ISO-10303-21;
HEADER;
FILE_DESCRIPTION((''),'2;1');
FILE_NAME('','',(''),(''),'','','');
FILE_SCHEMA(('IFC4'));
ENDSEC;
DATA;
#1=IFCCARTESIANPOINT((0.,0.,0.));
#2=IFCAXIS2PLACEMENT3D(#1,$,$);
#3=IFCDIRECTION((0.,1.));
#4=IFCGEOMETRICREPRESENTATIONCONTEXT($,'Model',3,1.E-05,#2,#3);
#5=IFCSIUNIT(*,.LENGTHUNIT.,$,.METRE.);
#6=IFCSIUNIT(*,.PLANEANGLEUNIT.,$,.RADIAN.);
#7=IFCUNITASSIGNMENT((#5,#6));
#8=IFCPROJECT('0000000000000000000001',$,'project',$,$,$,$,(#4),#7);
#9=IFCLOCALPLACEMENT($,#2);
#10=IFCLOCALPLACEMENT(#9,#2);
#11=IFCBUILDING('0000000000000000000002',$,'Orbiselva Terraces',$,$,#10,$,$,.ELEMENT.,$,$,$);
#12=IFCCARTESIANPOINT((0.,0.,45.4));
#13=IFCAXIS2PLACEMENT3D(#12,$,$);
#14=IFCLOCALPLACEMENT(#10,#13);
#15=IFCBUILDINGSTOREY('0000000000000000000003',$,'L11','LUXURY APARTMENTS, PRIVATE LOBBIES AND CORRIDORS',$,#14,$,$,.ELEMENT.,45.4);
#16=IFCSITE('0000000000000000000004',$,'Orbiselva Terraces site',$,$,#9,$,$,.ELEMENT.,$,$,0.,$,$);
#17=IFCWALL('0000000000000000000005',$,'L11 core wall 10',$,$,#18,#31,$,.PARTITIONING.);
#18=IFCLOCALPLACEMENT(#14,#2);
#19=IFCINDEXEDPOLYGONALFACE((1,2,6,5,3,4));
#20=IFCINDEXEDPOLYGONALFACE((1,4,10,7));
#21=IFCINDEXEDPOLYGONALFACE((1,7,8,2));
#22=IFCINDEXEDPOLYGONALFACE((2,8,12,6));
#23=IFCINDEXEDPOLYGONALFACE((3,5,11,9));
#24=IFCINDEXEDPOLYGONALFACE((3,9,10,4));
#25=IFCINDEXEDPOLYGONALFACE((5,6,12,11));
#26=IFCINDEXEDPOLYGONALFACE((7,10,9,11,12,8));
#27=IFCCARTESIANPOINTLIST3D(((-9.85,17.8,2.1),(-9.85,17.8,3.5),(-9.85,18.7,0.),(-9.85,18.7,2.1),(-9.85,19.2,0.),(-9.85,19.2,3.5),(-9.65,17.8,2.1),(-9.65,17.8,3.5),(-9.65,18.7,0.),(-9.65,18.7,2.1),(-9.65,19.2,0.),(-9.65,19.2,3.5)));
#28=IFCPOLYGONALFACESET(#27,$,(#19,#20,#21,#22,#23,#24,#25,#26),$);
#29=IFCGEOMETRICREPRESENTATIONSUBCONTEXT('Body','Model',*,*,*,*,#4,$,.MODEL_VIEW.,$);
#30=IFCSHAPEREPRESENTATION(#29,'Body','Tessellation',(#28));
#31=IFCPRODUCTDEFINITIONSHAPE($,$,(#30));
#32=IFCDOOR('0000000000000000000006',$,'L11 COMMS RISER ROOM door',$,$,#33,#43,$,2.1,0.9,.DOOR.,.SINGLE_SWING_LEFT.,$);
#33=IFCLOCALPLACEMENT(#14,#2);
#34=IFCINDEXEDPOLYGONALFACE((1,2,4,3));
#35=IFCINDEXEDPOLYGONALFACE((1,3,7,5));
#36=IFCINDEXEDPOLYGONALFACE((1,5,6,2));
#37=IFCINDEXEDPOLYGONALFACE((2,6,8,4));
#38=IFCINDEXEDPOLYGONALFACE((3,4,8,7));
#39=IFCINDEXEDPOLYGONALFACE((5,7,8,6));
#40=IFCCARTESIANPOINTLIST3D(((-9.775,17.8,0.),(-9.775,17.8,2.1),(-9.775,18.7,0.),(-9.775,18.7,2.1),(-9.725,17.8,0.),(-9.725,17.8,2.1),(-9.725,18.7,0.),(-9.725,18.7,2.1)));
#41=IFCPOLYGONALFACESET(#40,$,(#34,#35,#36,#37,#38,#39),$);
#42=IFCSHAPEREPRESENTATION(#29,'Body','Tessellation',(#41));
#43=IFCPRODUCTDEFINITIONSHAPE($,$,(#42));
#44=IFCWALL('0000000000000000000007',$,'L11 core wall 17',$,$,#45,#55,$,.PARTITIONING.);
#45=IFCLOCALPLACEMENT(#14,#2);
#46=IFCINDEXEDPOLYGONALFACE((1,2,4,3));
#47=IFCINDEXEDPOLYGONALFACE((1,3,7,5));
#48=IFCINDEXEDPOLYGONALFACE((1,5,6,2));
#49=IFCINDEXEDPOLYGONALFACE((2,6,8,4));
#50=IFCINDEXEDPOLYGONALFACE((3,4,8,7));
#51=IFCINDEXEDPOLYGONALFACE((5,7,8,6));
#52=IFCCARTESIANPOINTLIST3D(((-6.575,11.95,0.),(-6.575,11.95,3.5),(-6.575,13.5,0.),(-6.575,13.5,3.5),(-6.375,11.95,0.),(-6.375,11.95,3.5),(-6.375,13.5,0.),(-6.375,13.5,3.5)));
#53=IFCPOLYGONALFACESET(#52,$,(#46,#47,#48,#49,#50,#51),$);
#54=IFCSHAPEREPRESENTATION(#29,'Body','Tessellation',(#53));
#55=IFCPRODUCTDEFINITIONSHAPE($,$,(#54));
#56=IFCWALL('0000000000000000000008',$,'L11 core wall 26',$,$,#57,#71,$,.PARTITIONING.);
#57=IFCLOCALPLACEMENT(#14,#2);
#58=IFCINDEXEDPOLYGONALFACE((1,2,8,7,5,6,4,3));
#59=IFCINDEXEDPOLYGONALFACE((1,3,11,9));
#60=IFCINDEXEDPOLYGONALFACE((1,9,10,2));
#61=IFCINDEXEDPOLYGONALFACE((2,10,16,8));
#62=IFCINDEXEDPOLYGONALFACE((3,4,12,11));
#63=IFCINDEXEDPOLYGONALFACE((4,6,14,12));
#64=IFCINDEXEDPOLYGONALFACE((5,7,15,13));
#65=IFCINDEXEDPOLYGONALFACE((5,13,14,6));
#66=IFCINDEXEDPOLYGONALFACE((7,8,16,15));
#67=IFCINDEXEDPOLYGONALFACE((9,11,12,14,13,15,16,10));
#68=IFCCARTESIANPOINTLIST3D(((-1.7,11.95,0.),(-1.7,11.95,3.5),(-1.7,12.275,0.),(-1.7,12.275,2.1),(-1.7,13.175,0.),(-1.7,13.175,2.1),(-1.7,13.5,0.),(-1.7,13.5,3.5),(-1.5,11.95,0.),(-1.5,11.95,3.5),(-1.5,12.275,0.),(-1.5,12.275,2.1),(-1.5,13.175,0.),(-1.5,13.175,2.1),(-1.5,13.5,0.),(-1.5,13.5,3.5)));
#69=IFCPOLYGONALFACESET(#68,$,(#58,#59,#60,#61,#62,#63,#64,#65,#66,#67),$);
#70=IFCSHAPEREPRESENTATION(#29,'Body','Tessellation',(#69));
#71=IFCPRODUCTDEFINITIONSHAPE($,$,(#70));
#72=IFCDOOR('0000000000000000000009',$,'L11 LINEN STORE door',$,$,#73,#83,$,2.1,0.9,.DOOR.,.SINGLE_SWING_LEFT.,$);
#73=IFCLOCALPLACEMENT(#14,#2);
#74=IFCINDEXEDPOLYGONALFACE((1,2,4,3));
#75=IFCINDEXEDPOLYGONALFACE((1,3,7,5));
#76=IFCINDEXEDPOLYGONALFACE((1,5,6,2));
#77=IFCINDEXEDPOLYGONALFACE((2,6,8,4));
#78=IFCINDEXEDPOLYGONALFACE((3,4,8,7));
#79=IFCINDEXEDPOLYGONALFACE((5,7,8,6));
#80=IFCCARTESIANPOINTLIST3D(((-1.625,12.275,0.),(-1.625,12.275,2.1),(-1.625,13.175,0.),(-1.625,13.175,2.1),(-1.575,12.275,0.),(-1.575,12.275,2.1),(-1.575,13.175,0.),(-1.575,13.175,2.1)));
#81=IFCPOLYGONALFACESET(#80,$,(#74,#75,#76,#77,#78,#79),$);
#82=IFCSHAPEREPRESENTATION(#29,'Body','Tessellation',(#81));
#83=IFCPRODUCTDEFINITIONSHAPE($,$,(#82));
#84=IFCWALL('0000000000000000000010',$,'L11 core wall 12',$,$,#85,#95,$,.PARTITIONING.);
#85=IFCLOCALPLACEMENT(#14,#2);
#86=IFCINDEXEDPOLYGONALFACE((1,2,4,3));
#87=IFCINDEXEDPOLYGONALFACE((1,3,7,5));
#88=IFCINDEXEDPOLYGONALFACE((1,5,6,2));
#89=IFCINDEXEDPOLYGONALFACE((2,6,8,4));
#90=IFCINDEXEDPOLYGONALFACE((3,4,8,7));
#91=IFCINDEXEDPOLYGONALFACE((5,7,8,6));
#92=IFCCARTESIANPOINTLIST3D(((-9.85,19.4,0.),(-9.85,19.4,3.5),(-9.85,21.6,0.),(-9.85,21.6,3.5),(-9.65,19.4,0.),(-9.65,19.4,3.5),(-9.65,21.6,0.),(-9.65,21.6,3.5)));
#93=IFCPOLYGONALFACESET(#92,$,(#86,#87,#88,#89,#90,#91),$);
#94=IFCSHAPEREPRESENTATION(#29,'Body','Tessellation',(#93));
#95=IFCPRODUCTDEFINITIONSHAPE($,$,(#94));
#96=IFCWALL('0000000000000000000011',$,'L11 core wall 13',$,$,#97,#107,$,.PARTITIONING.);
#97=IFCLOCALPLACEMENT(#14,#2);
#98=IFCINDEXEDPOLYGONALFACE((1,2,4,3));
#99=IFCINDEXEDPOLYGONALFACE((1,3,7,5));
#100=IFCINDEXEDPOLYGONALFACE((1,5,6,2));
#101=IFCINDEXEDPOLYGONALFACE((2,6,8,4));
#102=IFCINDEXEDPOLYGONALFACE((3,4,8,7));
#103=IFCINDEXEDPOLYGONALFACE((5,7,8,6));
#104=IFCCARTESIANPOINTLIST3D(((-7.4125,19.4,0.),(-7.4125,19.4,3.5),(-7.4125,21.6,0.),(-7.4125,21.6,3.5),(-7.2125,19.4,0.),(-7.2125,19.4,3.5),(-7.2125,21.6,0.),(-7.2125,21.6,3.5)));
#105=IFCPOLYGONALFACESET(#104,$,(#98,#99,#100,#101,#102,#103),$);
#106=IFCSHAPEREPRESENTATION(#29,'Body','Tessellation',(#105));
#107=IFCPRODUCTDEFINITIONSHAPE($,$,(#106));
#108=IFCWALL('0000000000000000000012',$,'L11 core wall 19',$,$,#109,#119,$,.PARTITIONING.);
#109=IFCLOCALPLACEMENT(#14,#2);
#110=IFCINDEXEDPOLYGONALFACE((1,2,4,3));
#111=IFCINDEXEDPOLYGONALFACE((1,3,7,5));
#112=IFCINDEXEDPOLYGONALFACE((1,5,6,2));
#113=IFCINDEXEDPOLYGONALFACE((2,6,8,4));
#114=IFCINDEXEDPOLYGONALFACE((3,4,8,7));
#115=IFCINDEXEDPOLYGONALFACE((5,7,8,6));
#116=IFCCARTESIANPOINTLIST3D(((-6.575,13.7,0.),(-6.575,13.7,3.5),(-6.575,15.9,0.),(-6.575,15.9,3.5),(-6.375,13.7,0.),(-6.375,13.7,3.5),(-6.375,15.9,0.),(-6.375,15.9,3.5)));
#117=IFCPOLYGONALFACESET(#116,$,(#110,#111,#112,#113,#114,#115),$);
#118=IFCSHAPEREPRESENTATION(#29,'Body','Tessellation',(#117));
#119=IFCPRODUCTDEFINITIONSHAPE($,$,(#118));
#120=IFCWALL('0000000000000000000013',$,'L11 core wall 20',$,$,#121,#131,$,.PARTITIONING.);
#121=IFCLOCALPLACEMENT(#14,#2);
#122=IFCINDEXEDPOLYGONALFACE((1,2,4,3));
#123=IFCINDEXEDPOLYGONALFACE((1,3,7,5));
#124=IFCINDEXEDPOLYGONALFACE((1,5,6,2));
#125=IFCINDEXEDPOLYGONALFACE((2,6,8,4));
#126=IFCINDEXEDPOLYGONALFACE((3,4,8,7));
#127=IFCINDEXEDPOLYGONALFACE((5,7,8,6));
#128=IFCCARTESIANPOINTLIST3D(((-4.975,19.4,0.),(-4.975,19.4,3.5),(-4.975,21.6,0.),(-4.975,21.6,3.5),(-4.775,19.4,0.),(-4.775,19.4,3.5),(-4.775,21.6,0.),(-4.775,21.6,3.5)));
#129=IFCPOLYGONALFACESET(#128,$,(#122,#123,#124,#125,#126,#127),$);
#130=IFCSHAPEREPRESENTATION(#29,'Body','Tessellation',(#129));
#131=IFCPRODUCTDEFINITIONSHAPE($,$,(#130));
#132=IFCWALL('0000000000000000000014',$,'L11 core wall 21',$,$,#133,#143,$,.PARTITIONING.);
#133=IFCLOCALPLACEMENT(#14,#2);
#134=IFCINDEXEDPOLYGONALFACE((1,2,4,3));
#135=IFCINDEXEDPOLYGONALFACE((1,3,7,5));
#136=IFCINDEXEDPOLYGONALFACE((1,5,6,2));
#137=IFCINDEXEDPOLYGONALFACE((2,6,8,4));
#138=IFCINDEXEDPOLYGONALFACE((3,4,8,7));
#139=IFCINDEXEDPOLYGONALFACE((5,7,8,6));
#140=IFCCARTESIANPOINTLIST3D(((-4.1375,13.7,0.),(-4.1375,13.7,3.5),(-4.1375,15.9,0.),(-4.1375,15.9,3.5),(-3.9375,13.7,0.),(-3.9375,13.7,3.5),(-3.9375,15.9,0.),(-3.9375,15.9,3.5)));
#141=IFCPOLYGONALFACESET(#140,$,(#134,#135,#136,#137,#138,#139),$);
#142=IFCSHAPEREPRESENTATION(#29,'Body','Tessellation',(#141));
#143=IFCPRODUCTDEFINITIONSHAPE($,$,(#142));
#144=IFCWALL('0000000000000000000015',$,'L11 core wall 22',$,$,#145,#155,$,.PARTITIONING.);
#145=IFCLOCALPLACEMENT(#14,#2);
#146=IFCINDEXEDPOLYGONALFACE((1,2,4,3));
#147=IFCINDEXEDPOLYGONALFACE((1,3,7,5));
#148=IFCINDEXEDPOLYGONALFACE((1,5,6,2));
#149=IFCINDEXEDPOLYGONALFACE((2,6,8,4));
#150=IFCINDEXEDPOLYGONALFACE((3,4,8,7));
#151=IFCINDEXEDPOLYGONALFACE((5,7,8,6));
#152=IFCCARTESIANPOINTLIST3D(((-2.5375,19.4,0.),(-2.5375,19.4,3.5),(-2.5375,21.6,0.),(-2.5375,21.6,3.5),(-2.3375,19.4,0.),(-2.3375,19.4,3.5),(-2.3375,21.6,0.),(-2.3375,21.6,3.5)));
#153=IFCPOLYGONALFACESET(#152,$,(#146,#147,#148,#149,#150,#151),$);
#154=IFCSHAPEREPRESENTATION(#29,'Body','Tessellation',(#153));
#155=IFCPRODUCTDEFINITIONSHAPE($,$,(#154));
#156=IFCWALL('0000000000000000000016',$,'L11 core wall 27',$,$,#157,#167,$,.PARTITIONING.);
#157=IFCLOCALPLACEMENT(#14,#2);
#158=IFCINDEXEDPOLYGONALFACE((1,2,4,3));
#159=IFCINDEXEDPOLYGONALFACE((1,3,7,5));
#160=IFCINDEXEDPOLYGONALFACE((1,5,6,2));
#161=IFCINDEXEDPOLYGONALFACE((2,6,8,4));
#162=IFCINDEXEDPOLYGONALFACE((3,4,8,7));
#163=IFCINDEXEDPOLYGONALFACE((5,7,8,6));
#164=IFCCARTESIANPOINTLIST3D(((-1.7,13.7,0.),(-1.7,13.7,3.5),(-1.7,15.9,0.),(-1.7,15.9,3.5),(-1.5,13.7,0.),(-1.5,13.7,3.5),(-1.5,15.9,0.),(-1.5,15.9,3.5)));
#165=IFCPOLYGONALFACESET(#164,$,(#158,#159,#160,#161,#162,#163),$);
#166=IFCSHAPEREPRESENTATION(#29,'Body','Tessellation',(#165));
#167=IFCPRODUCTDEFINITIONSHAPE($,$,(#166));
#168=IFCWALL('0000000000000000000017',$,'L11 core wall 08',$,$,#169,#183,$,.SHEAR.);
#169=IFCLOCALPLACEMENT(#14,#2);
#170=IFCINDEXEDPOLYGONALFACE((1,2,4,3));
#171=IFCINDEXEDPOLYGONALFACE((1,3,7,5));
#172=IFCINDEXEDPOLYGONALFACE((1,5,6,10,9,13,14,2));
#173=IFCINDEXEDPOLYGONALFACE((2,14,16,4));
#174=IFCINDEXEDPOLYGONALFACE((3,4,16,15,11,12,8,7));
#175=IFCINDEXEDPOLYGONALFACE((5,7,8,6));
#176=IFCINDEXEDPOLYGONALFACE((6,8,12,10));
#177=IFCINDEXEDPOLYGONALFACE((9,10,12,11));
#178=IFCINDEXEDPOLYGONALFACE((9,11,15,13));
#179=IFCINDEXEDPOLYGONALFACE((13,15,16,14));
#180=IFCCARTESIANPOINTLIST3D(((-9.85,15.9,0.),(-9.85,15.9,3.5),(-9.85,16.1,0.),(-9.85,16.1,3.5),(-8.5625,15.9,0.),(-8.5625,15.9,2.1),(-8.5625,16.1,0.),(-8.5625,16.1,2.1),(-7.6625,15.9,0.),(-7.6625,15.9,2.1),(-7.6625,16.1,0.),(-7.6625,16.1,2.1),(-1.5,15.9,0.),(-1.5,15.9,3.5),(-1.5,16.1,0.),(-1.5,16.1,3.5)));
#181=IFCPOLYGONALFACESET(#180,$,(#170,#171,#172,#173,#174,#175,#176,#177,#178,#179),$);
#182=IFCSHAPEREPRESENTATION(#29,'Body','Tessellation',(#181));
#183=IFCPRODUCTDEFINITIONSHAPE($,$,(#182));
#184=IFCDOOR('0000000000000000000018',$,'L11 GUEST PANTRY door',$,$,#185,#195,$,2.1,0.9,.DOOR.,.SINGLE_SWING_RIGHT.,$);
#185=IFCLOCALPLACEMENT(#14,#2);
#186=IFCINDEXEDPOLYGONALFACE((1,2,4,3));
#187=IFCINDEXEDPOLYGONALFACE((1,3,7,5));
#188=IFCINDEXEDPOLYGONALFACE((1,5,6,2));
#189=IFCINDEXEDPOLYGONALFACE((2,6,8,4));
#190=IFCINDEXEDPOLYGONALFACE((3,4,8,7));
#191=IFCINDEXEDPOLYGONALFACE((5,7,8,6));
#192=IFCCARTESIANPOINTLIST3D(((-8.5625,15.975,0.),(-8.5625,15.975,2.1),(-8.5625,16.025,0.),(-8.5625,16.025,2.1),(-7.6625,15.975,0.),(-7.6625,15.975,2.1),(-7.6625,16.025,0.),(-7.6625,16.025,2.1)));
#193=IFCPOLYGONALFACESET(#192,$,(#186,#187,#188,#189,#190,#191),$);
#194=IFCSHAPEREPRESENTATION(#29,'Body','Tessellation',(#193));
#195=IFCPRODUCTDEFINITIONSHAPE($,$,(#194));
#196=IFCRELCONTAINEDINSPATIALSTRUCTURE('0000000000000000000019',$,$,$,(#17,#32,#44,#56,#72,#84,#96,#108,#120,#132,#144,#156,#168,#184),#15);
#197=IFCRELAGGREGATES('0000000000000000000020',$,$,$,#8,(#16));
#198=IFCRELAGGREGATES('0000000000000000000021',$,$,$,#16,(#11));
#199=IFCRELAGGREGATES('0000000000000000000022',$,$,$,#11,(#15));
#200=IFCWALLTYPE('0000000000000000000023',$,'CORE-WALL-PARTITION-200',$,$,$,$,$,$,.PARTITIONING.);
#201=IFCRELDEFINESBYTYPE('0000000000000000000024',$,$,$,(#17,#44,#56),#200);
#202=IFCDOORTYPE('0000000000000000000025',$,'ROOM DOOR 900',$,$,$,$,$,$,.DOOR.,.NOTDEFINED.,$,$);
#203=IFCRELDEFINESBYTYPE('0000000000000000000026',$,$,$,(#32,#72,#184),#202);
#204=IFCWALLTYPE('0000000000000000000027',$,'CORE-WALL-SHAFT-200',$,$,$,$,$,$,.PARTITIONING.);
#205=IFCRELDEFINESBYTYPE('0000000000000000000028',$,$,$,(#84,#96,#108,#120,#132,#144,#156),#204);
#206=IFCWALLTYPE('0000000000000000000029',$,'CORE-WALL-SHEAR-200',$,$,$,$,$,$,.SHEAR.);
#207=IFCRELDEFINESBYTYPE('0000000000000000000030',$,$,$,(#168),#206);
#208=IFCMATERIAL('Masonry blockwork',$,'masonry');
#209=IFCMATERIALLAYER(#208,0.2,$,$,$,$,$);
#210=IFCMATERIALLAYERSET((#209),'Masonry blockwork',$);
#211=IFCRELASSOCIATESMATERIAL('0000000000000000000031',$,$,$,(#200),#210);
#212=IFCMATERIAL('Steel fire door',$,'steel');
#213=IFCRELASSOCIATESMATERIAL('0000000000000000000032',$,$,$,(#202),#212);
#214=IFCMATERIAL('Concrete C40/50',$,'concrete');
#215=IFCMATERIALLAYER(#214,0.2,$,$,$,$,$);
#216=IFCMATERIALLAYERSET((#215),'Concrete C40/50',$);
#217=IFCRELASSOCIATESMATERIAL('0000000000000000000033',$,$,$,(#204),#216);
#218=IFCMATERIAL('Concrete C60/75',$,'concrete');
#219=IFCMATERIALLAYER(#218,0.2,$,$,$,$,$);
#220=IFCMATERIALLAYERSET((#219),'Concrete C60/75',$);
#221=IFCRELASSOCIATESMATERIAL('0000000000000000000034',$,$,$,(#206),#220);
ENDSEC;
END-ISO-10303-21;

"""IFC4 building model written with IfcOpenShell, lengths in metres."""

from ifc_helpers import new_model, si_unit, direction, frame, frame_2d, origin, place, context, subcontext, project, spatial, rectangle, extrude, material, layer, layer_set, type_object, element, fill, save


model = new_model("IFC4")

# Units and contexts
model_context = context("Model", 3, precision=1e-05, world=origin(), true_north=direction((0.0, 1.0)))
body_context = subcontext(model_context, "Body", "Model", "MODEL_VIEW")
ifc_project = project(units=[si_unit("LENGTHUNIT", "METRE"), si_unit("PLANEANGLEUNIT", "RADIAN")], contexts=[model_context])

# Site, building, storey
site_placement = place(None, origin())
site = spatial("IfcSite", under=ifc_project, at=site_placement, Name="Orbiselva Terraces site", CompositionType="ELEMENT", RefElevation=0.0)
building_placement = place(site_placement, origin())
building = spatial("IfcBuilding", under=site, at=building_placement, Name="Orbiselva Terraces", CompositionType="ELEMENT")
storey_placement = place(building_placement, frame((0.0, 0.0, 45.4)))
storey = spatial("IfcBuildingStorey", under=building, at=storey_placement, Name="L11", Description="LUXURY APARTMENTS, PRIVATE LOBBIES AND CORRIDORS", CompositionType="ELEMENT", Elevation=45.4)

# Wall, opening, door
ifc_material_1 = material(Name="Masonry blockwork", Category="masonry")
ifc_layer_1 = layer(ifc_material_1, 0.2)
ifc_layer_set_1 = layer_set([ifc_layer_1], Name="Masonry blockwork")
wall_type_1 = type_object("IfcWallType", Name="CORE-WALL-PARTITION-200", PredefinedType="PARTITIONING", material=ifc_layer_set_1)
wall_1_placement = place(storey_placement, frame((-9.75, 17.8, 0.0), z_axis=(0.0, 0.0, 1.0), x_axis=(0.0, 1.0, 0.0)))
wall_1 = element("IfcWall", 1, at=wall_1_placement, inside=storey, type_object=wall_type_1, Name="L11 core wall 10", PredefinedType="PARTITIONING", context=body_context, shape_type="SweptSolid", body=[
    extrude(rectangle(XDim=1.4, YDim=0.2, at=frame_2d((0.7, 0.0))), origin(), (0.0, 0.0, 1.0), 3.5),
])
opening_1_placement = place(wall_1_placement, origin())
opening_1 = element("IfcOpeningElement", 2, at=opening_1_placement, cuts=wall_1, PredefinedType="OPENING", context=body_context, shape_type="SweptSolid", body=[
    extrude(rectangle(XDim=0.9, YDim=2.1, at=frame_2d((0.45, 1.05))), frame((0.0, 0.11, 0.0), z_axis=(0.0, -1.0, 0.0), x_axis=(1.0, 0.0, 0.0)), (0.0, 0.0, 1.0), 0.22),
])
ifc_material_2 = material(Name="Steel fire door", Category="steel")
door_type_1 = type_object("IfcDoorType", Name="ROOM DOOR 900", OperationType="NOTDEFINED", PredefinedType="DOOR", material=ifc_material_2)
door_1_placement = place(opening_1_placement, origin())
door_1 = element("IfcDoor", 3, at=door_1_placement, inside=storey, type_object=door_type_1, Name="L11 COMMS RISER ROOM door", OperationType="SINGLE_SWING_LEFT", OverallHeight=2.1, OverallWidth=0.9, PredefinedType="DOOR", context=body_context, shape_type="SweptSolid", body=[
    extrude(rectangle(XDim=0.9, YDim=2.1, at=frame_2d((0.45, 1.05))), frame((0.0, 0.025, 0.0), z_axis=(0.0, -1.0, 0.0), x_axis=(1.0, 0.0, 0.0)), (0.0, 0.0, 1.0), 0.05),
])
fill(opening_1, door_1)

# Wall
wall_2_placement = place(storey_placement, frame((-6.475, 11.95, 0.0), z_axis=(0.0, 0.0, 1.0), x_axis=(0.0, 1.0, 0.0)))
element("IfcWall", 4, at=wall_2_placement, inside=storey, type_object=wall_type_1, Name="L11 core wall 17", PredefinedType="PARTITIONING", context=body_context, shape_type="SweptSolid", body=[
    extrude(rectangle(XDim=1.55, YDim=0.2, at=frame_2d((0.775, 0.0))), origin(), (0.0, 0.0, 1.0), 3.5),
])

# Wall, opening, door
wall_3_placement = place(storey_placement, frame((-1.6, 11.95, 0.0), z_axis=(0.0, 0.0, 1.0), x_axis=(0.0, 1.0, 0.0)))
wall_3 = element("IfcWall", 5, at=wall_3_placement, inside=storey, type_object=wall_type_1, Name="L11 core wall 26", PredefinedType="PARTITIONING", context=body_context, shape_type="SweptSolid", body=[
    extrude(rectangle(XDim=1.55, YDim=0.2, at=frame_2d((0.775, 0.0))), origin(), (0.0, 0.0, 1.0), 3.5),
])
opening_2_placement = place(wall_3_placement, frame((0.325, 0.0, 0.0)))
opening_2 = element("IfcOpeningElement", 6, at=opening_2_placement, cuts=wall_3, PredefinedType="OPENING", context=body_context, shape_type="SweptSolid", body=[
    extrude(rectangle(XDim=0.9, YDim=2.1, at=frame_2d((0.45, 1.05))), frame((0.0, 0.11, 0.0), z_axis=(0.0, -1.0, 0.0), x_axis=(1.0, 0.0, 0.0)), (0.0, 0.0, 1.0), 0.22),
])
door_2_placement = place(opening_2_placement, origin())
door_2 = element("IfcDoor", 7, at=door_2_placement, inside=storey, type_object=door_type_1, Name="L11 LINEN STORE door", OperationType="SINGLE_SWING_LEFT", OverallHeight=2.1, OverallWidth=0.9, PredefinedType="DOOR", context=body_context, shape_type="SweptSolid", body=[
    extrude(rectangle(XDim=0.9, YDim=2.1, at=frame_2d((0.45, 1.05))), frame((0.0, 0.025, 0.0), z_axis=(0.0, -1.0, 0.0), x_axis=(1.0, 0.0, 0.0)), (0.0, 0.0, 1.0), 0.05),
])
fill(opening_2, door_2)

# Walls
ifc_material_3 = material(Name="Concrete C40/50", Category="concrete")
ifc_layer_2 = layer(ifc_material_3, 0.2)
ifc_layer_set_2 = layer_set([ifc_layer_2], Name="Concrete C40/50")
wall_type_2 = type_object("IfcWallType", Name="CORE-WALL-SHAFT-200", PredefinedType="PARTITIONING", material=ifc_layer_set_2)
for number, where, z_axis, x_axis, name in (
    (8, (-9.75, 19.4, 0.0), (0.0, 0.0, 1.0), (0.0, 1.0, 0.0), "L11 core wall 12"),
    (9, (-7.3125, 19.4, 0.0), (0.0, 0.0, 1.0), (0.0, 1.0, 0.0), "L11 core wall 13"),
    (10, (-6.475, 13.7, 0.0), (0.0, 0.0, 1.0), (0.0, 1.0, 0.0), "L11 core wall 19"),
    (11, (-4.875, 19.4, 0.0), (0.0, 0.0, 1.0), (0.0, 1.0, 0.0), "L11 core wall 20"),
    (12, (-4.0375, 13.7, 0.0), (0.0, 0.0, 1.0), (0.0, 1.0, 0.0), "L11 core wall 21"),
    (13, (-2.4375, 19.4, 0.0), (0.0, 0.0, 1.0), (0.0, 1.0, 0.0), "L11 core wall 22"),
    (14, (-1.6, 13.7, 0.0), (0.0, 0.0, 1.0), (0.0, 1.0, 0.0), "L11 core wall 27"),
):
    element("IfcWall", number, at=place(storey_placement, frame(where, z_axis=z_axis, x_axis=x_axis)), inside=storey, type_object=wall_type_2, Name=name, PredefinedType="PARTITIONING", context=body_context, shape_type="SweptSolid", body=[
        extrude(rectangle(XDim=2.2, YDim=0.2, at=frame_2d((1.1, 0.0))), origin(), (0.0, 0.0, 1.0), 3.5),
    ])

# Wall, opening, door
ifc_material_4 = material(Name="Concrete C60/75", Category="concrete")
ifc_layer_3 = layer(ifc_material_4, 0.2)
ifc_layer_set_3 = layer_set([ifc_layer_3], Name="Concrete C60/75")
wall_type_3 = type_object("IfcWallType", Name="CORE-WALL-SHEAR-200", PredefinedType="SHEAR", material=ifc_layer_set_3)
wall_4_placement = place(storey_placement, frame((-1.5, 16.0, 0.0), z_axis=(0.0, 0.0, 1.0), x_axis=(-1.0, 0.0, 0.0)))
wall_4 = element("IfcWall", 15, at=wall_4_placement, inside=storey, type_object=wall_type_3, Name="L11 core wall 08", PredefinedType="SHEAR", context=body_context, shape_type="SweptSolid", body=[
    extrude(rectangle(XDim=8.35, YDim=0.2, at=frame_2d((4.175, 0.0))), origin(), (0.0, 0.0, 1.0), 3.5),
])
opening_3_placement = place(wall_4_placement, frame((6.1625, 0.0, 0.0)))
opening_3 = element("IfcOpeningElement", 16, at=opening_3_placement, cuts=wall_4, PredefinedType="OPENING", context=body_context, shape_type="SweptSolid", body=[
    extrude(rectangle(XDim=0.9, YDim=2.1, at=frame_2d((0.45, 1.05))), frame((0.0, 0.11, 0.0), z_axis=(0.0, -1.0, 0.0), x_axis=(1.0, 0.0, 0.0)), (0.0, 0.0, 1.0), 0.22),
])
door_3_placement = place(opening_3_placement, origin())
door_3 = element("IfcDoor", 17, at=door_3_placement, inside=storey, type_object=door_type_1, Name="L11 GUEST PANTRY door", OperationType="SINGLE_SWING_RIGHT", OverallHeight=2.1, OverallWidth=0.9, PredefinedType="DOOR", context=body_context, shape_type="SweptSolid", body=[
    extrude(rectangle(XDim=0.9, YDim=2.1, at=frame_2d((0.45, 1.05))), frame((0.0, 0.025, 0.0), z_axis=(0.0, -1.0, 0.0), x_axis=(1.0, 0.0, 0.0)), (0.0, 0.0, 1.0), 0.05),
])
fill(opening_3, door_3)

save(model, "model.ifc")
